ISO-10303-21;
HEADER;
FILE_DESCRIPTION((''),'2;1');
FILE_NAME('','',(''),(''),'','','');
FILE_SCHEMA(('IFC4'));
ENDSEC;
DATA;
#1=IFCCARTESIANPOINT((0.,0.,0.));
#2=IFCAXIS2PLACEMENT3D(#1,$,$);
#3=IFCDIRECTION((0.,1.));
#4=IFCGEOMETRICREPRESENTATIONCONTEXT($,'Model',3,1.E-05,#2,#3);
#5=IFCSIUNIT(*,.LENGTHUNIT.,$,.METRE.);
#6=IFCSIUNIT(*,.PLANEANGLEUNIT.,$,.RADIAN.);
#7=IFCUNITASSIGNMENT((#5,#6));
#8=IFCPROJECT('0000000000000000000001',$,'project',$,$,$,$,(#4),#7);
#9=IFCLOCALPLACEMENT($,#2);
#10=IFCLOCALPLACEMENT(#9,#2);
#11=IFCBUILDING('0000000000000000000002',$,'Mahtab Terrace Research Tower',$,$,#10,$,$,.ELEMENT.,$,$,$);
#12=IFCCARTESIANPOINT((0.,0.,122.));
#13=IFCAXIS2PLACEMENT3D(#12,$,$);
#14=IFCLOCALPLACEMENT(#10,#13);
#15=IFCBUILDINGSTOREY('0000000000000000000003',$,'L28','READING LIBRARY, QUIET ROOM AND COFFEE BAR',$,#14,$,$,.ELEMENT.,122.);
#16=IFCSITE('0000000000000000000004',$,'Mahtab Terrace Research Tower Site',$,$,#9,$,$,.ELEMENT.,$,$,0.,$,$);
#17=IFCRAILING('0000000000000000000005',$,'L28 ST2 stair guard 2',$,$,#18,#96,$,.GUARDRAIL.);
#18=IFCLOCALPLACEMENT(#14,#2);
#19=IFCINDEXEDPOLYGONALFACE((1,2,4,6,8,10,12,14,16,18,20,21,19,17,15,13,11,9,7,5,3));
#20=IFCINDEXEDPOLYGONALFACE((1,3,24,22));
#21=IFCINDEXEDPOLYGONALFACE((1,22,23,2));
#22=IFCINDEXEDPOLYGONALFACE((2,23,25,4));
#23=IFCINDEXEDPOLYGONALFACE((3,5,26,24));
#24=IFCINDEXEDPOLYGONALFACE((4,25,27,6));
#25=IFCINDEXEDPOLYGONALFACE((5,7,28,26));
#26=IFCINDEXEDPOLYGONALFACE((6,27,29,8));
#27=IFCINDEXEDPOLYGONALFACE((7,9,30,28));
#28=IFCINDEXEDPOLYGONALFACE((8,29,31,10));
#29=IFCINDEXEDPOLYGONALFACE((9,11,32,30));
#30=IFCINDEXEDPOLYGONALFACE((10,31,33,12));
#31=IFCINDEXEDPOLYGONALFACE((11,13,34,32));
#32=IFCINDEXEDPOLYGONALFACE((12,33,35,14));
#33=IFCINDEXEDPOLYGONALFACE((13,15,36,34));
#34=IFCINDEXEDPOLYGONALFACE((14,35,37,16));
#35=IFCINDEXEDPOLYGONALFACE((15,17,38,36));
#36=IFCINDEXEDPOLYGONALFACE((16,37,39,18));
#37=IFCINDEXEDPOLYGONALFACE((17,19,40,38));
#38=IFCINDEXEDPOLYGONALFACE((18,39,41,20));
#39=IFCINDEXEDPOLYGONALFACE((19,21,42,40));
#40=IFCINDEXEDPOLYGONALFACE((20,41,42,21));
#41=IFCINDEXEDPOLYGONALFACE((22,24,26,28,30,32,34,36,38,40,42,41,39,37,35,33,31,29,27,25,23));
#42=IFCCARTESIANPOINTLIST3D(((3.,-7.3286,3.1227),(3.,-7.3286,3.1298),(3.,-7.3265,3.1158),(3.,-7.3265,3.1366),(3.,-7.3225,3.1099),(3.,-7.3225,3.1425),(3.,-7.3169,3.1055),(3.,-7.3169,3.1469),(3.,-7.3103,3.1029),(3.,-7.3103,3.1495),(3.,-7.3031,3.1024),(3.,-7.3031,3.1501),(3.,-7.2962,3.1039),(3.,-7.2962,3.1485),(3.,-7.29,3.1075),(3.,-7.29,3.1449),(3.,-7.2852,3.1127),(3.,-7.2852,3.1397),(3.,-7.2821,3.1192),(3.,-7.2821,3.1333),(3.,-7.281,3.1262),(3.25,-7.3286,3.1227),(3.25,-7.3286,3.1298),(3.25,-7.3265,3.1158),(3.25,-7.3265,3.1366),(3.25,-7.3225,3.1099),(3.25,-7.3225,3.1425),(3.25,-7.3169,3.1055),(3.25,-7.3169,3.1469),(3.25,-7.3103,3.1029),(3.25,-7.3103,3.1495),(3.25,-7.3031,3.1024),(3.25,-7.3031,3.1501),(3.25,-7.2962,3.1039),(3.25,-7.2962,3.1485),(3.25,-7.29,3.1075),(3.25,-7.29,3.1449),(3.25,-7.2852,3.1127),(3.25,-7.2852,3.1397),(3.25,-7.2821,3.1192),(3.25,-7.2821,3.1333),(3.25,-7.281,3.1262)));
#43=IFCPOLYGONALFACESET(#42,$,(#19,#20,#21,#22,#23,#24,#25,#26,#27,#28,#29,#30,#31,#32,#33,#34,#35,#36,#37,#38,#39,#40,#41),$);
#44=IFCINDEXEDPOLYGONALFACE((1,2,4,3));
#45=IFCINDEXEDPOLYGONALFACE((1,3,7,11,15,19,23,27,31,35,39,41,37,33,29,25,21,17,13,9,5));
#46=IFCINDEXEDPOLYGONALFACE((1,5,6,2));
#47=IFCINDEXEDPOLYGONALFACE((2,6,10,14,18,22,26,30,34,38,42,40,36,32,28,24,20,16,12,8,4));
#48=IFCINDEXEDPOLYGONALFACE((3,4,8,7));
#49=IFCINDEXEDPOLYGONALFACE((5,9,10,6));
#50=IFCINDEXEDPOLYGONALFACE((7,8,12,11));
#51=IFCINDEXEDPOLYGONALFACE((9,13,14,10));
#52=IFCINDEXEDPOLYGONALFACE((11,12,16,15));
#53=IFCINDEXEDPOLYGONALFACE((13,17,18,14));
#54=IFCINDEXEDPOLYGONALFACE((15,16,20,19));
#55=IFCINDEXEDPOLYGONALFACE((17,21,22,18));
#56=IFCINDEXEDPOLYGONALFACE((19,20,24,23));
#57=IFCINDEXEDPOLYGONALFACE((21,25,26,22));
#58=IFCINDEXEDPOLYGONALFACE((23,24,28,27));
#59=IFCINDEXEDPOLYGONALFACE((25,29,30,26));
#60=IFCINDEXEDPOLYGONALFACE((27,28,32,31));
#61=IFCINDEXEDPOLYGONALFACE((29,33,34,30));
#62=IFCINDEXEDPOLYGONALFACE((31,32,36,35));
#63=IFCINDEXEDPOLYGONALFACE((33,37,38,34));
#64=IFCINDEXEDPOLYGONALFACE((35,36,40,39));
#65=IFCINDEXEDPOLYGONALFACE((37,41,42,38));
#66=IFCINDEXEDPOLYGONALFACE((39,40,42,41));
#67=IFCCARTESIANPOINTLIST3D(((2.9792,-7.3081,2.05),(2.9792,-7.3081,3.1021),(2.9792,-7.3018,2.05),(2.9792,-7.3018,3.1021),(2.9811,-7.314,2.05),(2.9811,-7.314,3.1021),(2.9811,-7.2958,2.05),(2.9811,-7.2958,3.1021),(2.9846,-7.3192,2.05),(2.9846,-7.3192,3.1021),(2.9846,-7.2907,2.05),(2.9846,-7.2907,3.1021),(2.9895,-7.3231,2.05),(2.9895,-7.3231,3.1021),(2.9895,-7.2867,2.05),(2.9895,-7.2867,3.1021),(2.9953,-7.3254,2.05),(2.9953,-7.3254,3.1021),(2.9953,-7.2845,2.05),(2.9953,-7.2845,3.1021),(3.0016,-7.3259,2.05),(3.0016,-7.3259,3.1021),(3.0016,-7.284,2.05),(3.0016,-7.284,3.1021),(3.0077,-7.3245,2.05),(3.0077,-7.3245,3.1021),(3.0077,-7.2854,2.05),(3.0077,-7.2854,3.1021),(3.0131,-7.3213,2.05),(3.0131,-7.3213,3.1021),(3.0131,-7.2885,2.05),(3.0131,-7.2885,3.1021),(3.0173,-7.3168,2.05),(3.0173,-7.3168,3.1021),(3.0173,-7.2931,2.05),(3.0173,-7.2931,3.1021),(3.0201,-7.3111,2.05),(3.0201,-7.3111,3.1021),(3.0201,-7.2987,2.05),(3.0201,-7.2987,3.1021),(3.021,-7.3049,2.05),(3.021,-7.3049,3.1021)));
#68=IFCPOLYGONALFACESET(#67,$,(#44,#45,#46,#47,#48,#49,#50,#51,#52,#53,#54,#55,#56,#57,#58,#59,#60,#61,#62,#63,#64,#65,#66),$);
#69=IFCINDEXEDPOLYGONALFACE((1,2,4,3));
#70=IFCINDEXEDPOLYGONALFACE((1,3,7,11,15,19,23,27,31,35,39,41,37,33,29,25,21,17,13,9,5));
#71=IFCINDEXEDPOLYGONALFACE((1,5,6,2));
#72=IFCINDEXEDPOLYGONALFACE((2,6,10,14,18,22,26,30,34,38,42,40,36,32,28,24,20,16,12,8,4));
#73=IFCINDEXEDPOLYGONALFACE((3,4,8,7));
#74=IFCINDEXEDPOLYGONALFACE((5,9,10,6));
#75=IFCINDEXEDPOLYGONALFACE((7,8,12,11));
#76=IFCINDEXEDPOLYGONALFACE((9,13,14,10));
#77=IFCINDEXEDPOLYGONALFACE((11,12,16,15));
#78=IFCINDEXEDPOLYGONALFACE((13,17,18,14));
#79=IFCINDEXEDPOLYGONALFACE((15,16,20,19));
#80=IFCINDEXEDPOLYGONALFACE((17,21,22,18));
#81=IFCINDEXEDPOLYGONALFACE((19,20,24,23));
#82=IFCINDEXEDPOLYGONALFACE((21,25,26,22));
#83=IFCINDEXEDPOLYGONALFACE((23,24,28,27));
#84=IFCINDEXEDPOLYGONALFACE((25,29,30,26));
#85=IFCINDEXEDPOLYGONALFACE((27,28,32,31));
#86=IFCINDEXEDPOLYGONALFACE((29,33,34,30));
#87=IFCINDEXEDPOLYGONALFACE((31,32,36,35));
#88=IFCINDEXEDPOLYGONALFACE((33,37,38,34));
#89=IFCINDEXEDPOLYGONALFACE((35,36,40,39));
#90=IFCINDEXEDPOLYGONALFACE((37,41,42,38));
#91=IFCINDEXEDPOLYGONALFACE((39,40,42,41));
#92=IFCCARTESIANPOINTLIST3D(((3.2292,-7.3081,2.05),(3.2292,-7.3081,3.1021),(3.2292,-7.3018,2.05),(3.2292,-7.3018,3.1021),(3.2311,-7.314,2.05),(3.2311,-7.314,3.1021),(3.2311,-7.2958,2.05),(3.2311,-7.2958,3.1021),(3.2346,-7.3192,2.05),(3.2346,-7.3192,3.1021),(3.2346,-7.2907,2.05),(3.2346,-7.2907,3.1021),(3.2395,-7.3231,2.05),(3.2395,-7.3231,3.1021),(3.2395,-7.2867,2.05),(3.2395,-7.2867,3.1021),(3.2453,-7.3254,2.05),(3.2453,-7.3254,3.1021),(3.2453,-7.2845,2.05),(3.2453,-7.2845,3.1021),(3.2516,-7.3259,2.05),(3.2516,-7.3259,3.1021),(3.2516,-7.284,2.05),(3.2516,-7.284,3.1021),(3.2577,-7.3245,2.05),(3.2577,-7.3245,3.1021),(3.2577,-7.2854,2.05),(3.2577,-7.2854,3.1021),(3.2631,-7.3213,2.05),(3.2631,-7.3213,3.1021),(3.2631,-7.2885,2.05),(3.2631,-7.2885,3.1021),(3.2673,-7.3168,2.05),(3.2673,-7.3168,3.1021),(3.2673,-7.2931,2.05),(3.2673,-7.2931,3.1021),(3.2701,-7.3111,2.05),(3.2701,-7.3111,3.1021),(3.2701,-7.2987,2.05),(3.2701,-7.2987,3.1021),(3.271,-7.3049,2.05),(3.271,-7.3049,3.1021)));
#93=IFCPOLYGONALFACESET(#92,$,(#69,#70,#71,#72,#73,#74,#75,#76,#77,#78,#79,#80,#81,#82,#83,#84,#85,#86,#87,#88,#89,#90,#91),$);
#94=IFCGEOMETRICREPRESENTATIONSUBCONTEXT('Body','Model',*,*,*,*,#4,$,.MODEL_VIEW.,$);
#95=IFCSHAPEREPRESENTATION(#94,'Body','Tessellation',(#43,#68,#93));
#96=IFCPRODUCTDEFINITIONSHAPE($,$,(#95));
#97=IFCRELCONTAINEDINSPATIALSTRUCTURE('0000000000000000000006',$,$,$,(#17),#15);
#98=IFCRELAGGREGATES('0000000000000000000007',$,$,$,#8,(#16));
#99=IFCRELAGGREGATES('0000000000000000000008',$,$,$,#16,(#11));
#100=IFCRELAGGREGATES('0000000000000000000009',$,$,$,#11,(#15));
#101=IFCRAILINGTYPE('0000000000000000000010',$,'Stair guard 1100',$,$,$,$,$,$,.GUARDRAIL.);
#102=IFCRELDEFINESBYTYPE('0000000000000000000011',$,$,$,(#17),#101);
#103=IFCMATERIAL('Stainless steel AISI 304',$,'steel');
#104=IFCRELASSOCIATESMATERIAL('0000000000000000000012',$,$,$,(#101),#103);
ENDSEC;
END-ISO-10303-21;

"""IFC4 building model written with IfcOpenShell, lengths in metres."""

from ifc_helpers import new_model, si_unit, direction, frame, origin, origin_2d, place, context, subcontext, project, spatial, circle, extrude, material, type_object, element, save


model = new_model("IFC4")

# Units and contexts
model_context = context("Model", 3, precision=1e-05, world=origin(), true_north=direction((0.0, 1.0)))
body_context = subcontext(model_context, "Body", "Model", "MODEL_VIEW")
ifc_project = project(units=[si_unit("LENGTHUNIT", "METRE"), si_unit("PLANEANGLEUNIT", "RADIAN")], contexts=[model_context])

# Site, building, storey
site_placement = place(None, origin())
site = spatial("IfcSite", under=ifc_project, at=site_placement, Name="Mahtab Terrace Research Tower Site", CompositionType="ELEMENT", RefElevation=0.0)
building_placement = place(site_placement, origin())
building = spatial("IfcBuilding", under=site, at=building_placement, Name="Mahtab Terrace Research Tower", CompositionType="ELEMENT")
storey_placement = place(building_placement, frame((0.0, 0.0, 122.0)))
storey = spatial("IfcBuildingStorey", under=building, at=storey_placement, Name="L28", Description="READING LIBRARY, QUIET ROOM AND COFFEE BAR", CompositionType="ELEMENT", Elevation=122.0)

# Railing
ifc_material_1 = material(Name="Stainless steel AISI 304", Category="steel")
railing_type_1 = type_object("IfcRailingType", Name="Stair guard 1100", PredefinedType="GUARDRAIL", material=ifc_material_1)
railing_1_placement = place(storey_placement, frame((3.0, -7.3049, 2.05)))
element("IfcRailing", 1, at=railing_1_placement, inside=storey, type_object=railing_type_1, Name="L28 ST2 stair guard 2", PredefinedType="GUARDRAIL", context=body_context, shape_type="SweptSolid", body=[
    extrude(circle(Radius=0.0239, at=origin_2d()), frame((0.0, 0.0, 1.0762), z_axis=(1.0, 0.0, 0.0), x_axis=(0.0, 1.0, 0.0)), (0.0, 0.0, 1.0), 0.25),
    extrude(circle(Radius=0.021, at=origin_2d()), origin(), (0.0, 0.0, 1.0), 1.052),
    extrude(circle(Radius=0.021, at=origin_2d()), frame((0.25, 0.0, 0.0)), (0.0, 0.0, 1.0), 1.052),
])

save(model, "model.ifc")
